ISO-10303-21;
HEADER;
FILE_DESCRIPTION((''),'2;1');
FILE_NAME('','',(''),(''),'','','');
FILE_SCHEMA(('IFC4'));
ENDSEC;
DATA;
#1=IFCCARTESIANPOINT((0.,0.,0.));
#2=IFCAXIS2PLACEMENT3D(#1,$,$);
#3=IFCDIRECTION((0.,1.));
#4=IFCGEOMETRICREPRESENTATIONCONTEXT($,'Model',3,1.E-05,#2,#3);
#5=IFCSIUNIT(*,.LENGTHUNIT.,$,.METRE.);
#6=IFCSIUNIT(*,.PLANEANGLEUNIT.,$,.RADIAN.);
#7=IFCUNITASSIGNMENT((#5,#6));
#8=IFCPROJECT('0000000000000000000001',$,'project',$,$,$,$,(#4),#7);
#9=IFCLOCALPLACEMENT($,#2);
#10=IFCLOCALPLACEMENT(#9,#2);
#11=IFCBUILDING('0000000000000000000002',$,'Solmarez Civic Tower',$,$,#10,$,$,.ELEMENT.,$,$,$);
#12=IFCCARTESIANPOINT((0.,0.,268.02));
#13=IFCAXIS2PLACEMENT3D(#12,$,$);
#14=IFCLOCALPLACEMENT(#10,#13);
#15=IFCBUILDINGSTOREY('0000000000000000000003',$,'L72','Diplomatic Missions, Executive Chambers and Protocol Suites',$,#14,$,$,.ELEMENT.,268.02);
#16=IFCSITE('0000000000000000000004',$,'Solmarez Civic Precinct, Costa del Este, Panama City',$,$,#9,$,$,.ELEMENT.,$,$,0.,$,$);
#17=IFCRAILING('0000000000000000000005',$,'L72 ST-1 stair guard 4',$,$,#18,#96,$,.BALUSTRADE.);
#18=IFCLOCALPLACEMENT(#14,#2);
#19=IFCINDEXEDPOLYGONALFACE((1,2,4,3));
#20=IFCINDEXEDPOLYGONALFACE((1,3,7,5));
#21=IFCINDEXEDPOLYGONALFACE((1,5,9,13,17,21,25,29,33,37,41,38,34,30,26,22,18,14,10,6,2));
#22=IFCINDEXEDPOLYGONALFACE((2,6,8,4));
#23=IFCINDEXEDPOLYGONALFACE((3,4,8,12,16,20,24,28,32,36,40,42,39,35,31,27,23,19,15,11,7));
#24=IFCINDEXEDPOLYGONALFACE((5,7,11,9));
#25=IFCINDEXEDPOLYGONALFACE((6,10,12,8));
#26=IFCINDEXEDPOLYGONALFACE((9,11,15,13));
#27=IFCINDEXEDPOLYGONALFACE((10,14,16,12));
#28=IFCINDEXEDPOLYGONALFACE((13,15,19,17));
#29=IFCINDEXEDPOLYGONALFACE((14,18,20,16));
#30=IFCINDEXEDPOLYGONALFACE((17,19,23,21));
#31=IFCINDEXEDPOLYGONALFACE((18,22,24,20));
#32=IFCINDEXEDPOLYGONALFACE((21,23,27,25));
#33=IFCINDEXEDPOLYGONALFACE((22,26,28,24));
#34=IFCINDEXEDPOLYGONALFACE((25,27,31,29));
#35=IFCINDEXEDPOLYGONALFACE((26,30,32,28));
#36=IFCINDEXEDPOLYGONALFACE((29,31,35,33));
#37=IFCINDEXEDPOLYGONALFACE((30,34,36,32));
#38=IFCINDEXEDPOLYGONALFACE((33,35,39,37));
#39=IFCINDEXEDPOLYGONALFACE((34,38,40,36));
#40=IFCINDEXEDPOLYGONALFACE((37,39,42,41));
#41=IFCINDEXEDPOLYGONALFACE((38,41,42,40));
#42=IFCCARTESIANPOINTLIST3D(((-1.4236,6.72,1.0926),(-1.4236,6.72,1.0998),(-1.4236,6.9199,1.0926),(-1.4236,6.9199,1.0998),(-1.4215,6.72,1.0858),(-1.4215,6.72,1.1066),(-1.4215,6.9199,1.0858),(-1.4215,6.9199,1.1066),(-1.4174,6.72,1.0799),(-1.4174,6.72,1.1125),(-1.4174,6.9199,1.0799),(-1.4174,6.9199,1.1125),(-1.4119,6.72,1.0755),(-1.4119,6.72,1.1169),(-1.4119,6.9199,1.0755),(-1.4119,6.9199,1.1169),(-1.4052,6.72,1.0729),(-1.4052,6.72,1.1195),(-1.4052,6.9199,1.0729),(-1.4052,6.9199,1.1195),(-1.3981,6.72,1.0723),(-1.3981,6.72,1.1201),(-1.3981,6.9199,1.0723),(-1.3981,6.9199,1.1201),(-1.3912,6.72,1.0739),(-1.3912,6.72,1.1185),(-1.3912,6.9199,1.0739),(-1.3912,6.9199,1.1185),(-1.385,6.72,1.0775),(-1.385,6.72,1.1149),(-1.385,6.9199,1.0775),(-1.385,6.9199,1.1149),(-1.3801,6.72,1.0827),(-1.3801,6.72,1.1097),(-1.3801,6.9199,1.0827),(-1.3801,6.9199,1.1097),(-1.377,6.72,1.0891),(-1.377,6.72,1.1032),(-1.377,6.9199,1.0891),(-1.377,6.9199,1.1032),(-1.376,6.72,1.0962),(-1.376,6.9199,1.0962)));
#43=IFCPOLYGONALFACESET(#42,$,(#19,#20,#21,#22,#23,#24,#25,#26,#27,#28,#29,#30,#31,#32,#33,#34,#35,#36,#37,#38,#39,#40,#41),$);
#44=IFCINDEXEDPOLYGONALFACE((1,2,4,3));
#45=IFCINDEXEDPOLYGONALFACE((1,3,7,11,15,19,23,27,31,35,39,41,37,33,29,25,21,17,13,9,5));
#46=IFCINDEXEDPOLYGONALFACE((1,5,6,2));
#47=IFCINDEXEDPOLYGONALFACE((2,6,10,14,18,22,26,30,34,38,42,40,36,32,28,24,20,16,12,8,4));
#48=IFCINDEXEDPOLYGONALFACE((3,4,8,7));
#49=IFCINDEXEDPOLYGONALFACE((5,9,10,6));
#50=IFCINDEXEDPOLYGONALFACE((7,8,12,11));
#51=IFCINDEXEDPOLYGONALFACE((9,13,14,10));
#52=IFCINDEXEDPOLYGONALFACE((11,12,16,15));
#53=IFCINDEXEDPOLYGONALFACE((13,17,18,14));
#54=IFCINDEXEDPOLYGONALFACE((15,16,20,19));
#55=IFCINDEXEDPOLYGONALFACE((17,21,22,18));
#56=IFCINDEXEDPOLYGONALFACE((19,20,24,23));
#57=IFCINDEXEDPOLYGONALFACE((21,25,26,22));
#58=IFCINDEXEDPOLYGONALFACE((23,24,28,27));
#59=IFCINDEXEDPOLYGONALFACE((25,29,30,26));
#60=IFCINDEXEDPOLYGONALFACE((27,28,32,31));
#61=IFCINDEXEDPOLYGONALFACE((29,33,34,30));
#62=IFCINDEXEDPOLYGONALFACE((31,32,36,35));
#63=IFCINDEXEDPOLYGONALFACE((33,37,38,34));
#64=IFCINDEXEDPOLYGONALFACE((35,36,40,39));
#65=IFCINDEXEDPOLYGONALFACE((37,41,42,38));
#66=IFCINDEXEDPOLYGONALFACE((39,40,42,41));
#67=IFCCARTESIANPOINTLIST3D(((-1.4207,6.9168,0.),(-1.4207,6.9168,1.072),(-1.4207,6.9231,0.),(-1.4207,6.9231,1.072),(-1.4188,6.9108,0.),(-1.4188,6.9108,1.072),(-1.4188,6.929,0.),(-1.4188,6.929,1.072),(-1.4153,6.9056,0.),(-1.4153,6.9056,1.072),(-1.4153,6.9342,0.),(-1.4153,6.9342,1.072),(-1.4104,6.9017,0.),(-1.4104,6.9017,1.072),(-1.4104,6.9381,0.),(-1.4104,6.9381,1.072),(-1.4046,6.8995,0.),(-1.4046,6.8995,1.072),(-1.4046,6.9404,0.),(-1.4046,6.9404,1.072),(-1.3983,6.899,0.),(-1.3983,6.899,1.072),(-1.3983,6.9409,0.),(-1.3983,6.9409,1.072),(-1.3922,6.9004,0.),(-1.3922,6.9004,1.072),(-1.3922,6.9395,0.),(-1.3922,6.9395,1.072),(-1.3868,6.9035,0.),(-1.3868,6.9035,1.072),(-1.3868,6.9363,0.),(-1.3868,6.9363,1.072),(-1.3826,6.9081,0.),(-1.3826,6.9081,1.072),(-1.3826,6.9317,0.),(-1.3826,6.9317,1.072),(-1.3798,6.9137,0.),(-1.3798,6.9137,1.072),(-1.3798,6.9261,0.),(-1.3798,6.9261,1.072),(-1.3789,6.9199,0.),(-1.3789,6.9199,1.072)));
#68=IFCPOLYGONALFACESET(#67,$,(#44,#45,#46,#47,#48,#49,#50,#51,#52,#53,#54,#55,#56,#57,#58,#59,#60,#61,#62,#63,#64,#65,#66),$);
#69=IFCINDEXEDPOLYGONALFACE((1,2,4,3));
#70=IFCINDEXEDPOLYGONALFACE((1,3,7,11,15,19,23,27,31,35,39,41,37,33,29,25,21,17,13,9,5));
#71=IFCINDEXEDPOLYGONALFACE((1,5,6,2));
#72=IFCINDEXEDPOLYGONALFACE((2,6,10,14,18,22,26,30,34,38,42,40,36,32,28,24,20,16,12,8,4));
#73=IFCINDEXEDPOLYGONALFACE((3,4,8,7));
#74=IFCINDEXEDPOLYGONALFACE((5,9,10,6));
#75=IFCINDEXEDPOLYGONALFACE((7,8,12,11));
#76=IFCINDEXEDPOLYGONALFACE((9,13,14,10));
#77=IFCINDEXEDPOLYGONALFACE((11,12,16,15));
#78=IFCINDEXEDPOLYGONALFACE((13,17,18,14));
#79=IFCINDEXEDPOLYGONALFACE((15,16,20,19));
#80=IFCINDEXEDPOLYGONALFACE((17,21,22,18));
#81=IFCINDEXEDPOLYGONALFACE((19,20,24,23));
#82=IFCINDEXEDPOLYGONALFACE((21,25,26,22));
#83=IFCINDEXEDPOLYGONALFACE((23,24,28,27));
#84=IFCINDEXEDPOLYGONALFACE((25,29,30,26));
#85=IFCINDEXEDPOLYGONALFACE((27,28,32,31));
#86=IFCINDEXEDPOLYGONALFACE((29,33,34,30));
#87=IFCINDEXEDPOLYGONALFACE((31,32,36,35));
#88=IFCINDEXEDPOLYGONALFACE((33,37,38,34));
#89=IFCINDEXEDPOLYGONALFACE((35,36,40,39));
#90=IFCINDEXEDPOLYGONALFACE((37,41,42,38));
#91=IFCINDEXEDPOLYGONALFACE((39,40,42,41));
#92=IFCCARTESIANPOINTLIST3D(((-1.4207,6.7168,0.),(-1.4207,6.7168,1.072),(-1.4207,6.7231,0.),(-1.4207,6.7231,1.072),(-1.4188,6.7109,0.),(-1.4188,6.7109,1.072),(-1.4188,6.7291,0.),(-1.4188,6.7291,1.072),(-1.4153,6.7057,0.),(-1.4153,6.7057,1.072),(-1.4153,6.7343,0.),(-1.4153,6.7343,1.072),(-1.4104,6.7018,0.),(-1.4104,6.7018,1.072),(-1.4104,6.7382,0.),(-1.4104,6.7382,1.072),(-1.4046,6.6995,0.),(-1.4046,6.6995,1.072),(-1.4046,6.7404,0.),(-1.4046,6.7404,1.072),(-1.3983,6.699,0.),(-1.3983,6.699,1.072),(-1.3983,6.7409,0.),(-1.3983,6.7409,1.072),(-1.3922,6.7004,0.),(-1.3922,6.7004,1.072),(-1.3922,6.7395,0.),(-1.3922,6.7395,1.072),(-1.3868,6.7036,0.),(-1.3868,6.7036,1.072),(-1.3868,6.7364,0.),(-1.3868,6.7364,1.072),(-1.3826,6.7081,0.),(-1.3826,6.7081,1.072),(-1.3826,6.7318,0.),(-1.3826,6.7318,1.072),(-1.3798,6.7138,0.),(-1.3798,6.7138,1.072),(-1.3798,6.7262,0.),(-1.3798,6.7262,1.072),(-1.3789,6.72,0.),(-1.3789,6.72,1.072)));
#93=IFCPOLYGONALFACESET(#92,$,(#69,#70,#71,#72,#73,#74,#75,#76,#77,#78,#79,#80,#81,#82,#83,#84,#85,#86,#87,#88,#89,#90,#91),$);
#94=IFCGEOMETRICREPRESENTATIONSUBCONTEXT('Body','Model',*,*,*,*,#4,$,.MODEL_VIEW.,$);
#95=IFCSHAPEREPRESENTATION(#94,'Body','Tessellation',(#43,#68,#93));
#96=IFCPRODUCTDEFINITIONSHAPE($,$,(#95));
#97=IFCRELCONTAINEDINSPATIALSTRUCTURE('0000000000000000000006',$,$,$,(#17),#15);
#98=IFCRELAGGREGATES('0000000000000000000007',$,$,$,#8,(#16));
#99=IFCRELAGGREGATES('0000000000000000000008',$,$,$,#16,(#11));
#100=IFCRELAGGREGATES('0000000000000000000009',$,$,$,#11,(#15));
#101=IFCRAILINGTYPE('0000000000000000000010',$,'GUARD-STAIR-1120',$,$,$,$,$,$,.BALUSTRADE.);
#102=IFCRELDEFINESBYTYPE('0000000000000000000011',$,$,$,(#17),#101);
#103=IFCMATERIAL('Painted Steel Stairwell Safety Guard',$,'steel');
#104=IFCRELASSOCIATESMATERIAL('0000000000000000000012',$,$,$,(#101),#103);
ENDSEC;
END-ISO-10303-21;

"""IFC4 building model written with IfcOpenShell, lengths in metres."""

from ifc_helpers import new_model, si_unit, direction, frame, origin, origin_2d, place, context, subcontext, project, spatial, circle, extrude, material, type_object, element, save


model = new_model("IFC4")

# Units and contexts
model_context = context("Model", 3, precision=1e-05, world=origin(), true_north=direction((0.0, 1.0)))
body_context = subcontext(model_context, "Body", "Model", "MODEL_VIEW")
ifc_project = project(units=[si_unit("LENGTHUNIT", "METRE"), si_unit("PLANEANGLEUNIT", "RADIAN")], contexts=[model_context])

# Site, building, storey
site_placement = place(None, origin())
site = spatial("IfcSite", under=ifc_project, at=site_placement, Name="Solmarez Civic Precinct, Costa del Este, Panama City", CompositionType="ELEMENT", RefElevation=0.0)
building_placement = place(site_placement, origin())
building = spatial("IfcBuilding", under=site, at=building_placement, Name="Solmarez Civic Tower", CompositionType="ELEMENT")
storey_placement = place(building_placement, frame((0.0, 0.0, 268.02)))
storey = spatial("IfcBuildingStorey", under=building, at=storey_placement, Name="L72", Description="Diplomatic Missions, Executive Chambers and Protocol Suites", CompositionType="ELEMENT", Elevation=268.02)

# Railing
ifc_material_1 = material(Name="Painted Steel Stairwell Safety Guard", Category="steel")
railing_type_1 = type_object("IfcRailingType", Name="GUARD-STAIR-1120", PredefinedType="BALUSTRADE", material=ifc_material_1)
railing_1_placement = place(storey_placement, frame((-1.3999, 6.9199, 0.0)))
element("IfcRailing", 1, at=railing_1_placement, inside=storey, type_object=railing_type_1, Name="L72 ST-1 stair guard 4", PredefinedType="BALUSTRADE", context=body_context, shape_type="SweptSolid", body=[
    extrude(circle(Radius=0.0239, at=origin_2d()), frame((0.0, 0.0, 1.0962), z_axis=(0.0, -1.0, 0.0), x_axis=(1.0, 0.0, 0.0)), (0.0, 0.0, 1.0), 0.2),
    extrude(circle(Radius=0.021, at=origin_2d()), origin(), (0.0, 0.0, 1.0), 1.072),
    extrude(circle(Radius=0.021, at=origin_2d()), frame((0.0, -0.2, 0.0)), (0.0, 0.0, 1.0), 1.072),
])

save(model, "model.ifc")
